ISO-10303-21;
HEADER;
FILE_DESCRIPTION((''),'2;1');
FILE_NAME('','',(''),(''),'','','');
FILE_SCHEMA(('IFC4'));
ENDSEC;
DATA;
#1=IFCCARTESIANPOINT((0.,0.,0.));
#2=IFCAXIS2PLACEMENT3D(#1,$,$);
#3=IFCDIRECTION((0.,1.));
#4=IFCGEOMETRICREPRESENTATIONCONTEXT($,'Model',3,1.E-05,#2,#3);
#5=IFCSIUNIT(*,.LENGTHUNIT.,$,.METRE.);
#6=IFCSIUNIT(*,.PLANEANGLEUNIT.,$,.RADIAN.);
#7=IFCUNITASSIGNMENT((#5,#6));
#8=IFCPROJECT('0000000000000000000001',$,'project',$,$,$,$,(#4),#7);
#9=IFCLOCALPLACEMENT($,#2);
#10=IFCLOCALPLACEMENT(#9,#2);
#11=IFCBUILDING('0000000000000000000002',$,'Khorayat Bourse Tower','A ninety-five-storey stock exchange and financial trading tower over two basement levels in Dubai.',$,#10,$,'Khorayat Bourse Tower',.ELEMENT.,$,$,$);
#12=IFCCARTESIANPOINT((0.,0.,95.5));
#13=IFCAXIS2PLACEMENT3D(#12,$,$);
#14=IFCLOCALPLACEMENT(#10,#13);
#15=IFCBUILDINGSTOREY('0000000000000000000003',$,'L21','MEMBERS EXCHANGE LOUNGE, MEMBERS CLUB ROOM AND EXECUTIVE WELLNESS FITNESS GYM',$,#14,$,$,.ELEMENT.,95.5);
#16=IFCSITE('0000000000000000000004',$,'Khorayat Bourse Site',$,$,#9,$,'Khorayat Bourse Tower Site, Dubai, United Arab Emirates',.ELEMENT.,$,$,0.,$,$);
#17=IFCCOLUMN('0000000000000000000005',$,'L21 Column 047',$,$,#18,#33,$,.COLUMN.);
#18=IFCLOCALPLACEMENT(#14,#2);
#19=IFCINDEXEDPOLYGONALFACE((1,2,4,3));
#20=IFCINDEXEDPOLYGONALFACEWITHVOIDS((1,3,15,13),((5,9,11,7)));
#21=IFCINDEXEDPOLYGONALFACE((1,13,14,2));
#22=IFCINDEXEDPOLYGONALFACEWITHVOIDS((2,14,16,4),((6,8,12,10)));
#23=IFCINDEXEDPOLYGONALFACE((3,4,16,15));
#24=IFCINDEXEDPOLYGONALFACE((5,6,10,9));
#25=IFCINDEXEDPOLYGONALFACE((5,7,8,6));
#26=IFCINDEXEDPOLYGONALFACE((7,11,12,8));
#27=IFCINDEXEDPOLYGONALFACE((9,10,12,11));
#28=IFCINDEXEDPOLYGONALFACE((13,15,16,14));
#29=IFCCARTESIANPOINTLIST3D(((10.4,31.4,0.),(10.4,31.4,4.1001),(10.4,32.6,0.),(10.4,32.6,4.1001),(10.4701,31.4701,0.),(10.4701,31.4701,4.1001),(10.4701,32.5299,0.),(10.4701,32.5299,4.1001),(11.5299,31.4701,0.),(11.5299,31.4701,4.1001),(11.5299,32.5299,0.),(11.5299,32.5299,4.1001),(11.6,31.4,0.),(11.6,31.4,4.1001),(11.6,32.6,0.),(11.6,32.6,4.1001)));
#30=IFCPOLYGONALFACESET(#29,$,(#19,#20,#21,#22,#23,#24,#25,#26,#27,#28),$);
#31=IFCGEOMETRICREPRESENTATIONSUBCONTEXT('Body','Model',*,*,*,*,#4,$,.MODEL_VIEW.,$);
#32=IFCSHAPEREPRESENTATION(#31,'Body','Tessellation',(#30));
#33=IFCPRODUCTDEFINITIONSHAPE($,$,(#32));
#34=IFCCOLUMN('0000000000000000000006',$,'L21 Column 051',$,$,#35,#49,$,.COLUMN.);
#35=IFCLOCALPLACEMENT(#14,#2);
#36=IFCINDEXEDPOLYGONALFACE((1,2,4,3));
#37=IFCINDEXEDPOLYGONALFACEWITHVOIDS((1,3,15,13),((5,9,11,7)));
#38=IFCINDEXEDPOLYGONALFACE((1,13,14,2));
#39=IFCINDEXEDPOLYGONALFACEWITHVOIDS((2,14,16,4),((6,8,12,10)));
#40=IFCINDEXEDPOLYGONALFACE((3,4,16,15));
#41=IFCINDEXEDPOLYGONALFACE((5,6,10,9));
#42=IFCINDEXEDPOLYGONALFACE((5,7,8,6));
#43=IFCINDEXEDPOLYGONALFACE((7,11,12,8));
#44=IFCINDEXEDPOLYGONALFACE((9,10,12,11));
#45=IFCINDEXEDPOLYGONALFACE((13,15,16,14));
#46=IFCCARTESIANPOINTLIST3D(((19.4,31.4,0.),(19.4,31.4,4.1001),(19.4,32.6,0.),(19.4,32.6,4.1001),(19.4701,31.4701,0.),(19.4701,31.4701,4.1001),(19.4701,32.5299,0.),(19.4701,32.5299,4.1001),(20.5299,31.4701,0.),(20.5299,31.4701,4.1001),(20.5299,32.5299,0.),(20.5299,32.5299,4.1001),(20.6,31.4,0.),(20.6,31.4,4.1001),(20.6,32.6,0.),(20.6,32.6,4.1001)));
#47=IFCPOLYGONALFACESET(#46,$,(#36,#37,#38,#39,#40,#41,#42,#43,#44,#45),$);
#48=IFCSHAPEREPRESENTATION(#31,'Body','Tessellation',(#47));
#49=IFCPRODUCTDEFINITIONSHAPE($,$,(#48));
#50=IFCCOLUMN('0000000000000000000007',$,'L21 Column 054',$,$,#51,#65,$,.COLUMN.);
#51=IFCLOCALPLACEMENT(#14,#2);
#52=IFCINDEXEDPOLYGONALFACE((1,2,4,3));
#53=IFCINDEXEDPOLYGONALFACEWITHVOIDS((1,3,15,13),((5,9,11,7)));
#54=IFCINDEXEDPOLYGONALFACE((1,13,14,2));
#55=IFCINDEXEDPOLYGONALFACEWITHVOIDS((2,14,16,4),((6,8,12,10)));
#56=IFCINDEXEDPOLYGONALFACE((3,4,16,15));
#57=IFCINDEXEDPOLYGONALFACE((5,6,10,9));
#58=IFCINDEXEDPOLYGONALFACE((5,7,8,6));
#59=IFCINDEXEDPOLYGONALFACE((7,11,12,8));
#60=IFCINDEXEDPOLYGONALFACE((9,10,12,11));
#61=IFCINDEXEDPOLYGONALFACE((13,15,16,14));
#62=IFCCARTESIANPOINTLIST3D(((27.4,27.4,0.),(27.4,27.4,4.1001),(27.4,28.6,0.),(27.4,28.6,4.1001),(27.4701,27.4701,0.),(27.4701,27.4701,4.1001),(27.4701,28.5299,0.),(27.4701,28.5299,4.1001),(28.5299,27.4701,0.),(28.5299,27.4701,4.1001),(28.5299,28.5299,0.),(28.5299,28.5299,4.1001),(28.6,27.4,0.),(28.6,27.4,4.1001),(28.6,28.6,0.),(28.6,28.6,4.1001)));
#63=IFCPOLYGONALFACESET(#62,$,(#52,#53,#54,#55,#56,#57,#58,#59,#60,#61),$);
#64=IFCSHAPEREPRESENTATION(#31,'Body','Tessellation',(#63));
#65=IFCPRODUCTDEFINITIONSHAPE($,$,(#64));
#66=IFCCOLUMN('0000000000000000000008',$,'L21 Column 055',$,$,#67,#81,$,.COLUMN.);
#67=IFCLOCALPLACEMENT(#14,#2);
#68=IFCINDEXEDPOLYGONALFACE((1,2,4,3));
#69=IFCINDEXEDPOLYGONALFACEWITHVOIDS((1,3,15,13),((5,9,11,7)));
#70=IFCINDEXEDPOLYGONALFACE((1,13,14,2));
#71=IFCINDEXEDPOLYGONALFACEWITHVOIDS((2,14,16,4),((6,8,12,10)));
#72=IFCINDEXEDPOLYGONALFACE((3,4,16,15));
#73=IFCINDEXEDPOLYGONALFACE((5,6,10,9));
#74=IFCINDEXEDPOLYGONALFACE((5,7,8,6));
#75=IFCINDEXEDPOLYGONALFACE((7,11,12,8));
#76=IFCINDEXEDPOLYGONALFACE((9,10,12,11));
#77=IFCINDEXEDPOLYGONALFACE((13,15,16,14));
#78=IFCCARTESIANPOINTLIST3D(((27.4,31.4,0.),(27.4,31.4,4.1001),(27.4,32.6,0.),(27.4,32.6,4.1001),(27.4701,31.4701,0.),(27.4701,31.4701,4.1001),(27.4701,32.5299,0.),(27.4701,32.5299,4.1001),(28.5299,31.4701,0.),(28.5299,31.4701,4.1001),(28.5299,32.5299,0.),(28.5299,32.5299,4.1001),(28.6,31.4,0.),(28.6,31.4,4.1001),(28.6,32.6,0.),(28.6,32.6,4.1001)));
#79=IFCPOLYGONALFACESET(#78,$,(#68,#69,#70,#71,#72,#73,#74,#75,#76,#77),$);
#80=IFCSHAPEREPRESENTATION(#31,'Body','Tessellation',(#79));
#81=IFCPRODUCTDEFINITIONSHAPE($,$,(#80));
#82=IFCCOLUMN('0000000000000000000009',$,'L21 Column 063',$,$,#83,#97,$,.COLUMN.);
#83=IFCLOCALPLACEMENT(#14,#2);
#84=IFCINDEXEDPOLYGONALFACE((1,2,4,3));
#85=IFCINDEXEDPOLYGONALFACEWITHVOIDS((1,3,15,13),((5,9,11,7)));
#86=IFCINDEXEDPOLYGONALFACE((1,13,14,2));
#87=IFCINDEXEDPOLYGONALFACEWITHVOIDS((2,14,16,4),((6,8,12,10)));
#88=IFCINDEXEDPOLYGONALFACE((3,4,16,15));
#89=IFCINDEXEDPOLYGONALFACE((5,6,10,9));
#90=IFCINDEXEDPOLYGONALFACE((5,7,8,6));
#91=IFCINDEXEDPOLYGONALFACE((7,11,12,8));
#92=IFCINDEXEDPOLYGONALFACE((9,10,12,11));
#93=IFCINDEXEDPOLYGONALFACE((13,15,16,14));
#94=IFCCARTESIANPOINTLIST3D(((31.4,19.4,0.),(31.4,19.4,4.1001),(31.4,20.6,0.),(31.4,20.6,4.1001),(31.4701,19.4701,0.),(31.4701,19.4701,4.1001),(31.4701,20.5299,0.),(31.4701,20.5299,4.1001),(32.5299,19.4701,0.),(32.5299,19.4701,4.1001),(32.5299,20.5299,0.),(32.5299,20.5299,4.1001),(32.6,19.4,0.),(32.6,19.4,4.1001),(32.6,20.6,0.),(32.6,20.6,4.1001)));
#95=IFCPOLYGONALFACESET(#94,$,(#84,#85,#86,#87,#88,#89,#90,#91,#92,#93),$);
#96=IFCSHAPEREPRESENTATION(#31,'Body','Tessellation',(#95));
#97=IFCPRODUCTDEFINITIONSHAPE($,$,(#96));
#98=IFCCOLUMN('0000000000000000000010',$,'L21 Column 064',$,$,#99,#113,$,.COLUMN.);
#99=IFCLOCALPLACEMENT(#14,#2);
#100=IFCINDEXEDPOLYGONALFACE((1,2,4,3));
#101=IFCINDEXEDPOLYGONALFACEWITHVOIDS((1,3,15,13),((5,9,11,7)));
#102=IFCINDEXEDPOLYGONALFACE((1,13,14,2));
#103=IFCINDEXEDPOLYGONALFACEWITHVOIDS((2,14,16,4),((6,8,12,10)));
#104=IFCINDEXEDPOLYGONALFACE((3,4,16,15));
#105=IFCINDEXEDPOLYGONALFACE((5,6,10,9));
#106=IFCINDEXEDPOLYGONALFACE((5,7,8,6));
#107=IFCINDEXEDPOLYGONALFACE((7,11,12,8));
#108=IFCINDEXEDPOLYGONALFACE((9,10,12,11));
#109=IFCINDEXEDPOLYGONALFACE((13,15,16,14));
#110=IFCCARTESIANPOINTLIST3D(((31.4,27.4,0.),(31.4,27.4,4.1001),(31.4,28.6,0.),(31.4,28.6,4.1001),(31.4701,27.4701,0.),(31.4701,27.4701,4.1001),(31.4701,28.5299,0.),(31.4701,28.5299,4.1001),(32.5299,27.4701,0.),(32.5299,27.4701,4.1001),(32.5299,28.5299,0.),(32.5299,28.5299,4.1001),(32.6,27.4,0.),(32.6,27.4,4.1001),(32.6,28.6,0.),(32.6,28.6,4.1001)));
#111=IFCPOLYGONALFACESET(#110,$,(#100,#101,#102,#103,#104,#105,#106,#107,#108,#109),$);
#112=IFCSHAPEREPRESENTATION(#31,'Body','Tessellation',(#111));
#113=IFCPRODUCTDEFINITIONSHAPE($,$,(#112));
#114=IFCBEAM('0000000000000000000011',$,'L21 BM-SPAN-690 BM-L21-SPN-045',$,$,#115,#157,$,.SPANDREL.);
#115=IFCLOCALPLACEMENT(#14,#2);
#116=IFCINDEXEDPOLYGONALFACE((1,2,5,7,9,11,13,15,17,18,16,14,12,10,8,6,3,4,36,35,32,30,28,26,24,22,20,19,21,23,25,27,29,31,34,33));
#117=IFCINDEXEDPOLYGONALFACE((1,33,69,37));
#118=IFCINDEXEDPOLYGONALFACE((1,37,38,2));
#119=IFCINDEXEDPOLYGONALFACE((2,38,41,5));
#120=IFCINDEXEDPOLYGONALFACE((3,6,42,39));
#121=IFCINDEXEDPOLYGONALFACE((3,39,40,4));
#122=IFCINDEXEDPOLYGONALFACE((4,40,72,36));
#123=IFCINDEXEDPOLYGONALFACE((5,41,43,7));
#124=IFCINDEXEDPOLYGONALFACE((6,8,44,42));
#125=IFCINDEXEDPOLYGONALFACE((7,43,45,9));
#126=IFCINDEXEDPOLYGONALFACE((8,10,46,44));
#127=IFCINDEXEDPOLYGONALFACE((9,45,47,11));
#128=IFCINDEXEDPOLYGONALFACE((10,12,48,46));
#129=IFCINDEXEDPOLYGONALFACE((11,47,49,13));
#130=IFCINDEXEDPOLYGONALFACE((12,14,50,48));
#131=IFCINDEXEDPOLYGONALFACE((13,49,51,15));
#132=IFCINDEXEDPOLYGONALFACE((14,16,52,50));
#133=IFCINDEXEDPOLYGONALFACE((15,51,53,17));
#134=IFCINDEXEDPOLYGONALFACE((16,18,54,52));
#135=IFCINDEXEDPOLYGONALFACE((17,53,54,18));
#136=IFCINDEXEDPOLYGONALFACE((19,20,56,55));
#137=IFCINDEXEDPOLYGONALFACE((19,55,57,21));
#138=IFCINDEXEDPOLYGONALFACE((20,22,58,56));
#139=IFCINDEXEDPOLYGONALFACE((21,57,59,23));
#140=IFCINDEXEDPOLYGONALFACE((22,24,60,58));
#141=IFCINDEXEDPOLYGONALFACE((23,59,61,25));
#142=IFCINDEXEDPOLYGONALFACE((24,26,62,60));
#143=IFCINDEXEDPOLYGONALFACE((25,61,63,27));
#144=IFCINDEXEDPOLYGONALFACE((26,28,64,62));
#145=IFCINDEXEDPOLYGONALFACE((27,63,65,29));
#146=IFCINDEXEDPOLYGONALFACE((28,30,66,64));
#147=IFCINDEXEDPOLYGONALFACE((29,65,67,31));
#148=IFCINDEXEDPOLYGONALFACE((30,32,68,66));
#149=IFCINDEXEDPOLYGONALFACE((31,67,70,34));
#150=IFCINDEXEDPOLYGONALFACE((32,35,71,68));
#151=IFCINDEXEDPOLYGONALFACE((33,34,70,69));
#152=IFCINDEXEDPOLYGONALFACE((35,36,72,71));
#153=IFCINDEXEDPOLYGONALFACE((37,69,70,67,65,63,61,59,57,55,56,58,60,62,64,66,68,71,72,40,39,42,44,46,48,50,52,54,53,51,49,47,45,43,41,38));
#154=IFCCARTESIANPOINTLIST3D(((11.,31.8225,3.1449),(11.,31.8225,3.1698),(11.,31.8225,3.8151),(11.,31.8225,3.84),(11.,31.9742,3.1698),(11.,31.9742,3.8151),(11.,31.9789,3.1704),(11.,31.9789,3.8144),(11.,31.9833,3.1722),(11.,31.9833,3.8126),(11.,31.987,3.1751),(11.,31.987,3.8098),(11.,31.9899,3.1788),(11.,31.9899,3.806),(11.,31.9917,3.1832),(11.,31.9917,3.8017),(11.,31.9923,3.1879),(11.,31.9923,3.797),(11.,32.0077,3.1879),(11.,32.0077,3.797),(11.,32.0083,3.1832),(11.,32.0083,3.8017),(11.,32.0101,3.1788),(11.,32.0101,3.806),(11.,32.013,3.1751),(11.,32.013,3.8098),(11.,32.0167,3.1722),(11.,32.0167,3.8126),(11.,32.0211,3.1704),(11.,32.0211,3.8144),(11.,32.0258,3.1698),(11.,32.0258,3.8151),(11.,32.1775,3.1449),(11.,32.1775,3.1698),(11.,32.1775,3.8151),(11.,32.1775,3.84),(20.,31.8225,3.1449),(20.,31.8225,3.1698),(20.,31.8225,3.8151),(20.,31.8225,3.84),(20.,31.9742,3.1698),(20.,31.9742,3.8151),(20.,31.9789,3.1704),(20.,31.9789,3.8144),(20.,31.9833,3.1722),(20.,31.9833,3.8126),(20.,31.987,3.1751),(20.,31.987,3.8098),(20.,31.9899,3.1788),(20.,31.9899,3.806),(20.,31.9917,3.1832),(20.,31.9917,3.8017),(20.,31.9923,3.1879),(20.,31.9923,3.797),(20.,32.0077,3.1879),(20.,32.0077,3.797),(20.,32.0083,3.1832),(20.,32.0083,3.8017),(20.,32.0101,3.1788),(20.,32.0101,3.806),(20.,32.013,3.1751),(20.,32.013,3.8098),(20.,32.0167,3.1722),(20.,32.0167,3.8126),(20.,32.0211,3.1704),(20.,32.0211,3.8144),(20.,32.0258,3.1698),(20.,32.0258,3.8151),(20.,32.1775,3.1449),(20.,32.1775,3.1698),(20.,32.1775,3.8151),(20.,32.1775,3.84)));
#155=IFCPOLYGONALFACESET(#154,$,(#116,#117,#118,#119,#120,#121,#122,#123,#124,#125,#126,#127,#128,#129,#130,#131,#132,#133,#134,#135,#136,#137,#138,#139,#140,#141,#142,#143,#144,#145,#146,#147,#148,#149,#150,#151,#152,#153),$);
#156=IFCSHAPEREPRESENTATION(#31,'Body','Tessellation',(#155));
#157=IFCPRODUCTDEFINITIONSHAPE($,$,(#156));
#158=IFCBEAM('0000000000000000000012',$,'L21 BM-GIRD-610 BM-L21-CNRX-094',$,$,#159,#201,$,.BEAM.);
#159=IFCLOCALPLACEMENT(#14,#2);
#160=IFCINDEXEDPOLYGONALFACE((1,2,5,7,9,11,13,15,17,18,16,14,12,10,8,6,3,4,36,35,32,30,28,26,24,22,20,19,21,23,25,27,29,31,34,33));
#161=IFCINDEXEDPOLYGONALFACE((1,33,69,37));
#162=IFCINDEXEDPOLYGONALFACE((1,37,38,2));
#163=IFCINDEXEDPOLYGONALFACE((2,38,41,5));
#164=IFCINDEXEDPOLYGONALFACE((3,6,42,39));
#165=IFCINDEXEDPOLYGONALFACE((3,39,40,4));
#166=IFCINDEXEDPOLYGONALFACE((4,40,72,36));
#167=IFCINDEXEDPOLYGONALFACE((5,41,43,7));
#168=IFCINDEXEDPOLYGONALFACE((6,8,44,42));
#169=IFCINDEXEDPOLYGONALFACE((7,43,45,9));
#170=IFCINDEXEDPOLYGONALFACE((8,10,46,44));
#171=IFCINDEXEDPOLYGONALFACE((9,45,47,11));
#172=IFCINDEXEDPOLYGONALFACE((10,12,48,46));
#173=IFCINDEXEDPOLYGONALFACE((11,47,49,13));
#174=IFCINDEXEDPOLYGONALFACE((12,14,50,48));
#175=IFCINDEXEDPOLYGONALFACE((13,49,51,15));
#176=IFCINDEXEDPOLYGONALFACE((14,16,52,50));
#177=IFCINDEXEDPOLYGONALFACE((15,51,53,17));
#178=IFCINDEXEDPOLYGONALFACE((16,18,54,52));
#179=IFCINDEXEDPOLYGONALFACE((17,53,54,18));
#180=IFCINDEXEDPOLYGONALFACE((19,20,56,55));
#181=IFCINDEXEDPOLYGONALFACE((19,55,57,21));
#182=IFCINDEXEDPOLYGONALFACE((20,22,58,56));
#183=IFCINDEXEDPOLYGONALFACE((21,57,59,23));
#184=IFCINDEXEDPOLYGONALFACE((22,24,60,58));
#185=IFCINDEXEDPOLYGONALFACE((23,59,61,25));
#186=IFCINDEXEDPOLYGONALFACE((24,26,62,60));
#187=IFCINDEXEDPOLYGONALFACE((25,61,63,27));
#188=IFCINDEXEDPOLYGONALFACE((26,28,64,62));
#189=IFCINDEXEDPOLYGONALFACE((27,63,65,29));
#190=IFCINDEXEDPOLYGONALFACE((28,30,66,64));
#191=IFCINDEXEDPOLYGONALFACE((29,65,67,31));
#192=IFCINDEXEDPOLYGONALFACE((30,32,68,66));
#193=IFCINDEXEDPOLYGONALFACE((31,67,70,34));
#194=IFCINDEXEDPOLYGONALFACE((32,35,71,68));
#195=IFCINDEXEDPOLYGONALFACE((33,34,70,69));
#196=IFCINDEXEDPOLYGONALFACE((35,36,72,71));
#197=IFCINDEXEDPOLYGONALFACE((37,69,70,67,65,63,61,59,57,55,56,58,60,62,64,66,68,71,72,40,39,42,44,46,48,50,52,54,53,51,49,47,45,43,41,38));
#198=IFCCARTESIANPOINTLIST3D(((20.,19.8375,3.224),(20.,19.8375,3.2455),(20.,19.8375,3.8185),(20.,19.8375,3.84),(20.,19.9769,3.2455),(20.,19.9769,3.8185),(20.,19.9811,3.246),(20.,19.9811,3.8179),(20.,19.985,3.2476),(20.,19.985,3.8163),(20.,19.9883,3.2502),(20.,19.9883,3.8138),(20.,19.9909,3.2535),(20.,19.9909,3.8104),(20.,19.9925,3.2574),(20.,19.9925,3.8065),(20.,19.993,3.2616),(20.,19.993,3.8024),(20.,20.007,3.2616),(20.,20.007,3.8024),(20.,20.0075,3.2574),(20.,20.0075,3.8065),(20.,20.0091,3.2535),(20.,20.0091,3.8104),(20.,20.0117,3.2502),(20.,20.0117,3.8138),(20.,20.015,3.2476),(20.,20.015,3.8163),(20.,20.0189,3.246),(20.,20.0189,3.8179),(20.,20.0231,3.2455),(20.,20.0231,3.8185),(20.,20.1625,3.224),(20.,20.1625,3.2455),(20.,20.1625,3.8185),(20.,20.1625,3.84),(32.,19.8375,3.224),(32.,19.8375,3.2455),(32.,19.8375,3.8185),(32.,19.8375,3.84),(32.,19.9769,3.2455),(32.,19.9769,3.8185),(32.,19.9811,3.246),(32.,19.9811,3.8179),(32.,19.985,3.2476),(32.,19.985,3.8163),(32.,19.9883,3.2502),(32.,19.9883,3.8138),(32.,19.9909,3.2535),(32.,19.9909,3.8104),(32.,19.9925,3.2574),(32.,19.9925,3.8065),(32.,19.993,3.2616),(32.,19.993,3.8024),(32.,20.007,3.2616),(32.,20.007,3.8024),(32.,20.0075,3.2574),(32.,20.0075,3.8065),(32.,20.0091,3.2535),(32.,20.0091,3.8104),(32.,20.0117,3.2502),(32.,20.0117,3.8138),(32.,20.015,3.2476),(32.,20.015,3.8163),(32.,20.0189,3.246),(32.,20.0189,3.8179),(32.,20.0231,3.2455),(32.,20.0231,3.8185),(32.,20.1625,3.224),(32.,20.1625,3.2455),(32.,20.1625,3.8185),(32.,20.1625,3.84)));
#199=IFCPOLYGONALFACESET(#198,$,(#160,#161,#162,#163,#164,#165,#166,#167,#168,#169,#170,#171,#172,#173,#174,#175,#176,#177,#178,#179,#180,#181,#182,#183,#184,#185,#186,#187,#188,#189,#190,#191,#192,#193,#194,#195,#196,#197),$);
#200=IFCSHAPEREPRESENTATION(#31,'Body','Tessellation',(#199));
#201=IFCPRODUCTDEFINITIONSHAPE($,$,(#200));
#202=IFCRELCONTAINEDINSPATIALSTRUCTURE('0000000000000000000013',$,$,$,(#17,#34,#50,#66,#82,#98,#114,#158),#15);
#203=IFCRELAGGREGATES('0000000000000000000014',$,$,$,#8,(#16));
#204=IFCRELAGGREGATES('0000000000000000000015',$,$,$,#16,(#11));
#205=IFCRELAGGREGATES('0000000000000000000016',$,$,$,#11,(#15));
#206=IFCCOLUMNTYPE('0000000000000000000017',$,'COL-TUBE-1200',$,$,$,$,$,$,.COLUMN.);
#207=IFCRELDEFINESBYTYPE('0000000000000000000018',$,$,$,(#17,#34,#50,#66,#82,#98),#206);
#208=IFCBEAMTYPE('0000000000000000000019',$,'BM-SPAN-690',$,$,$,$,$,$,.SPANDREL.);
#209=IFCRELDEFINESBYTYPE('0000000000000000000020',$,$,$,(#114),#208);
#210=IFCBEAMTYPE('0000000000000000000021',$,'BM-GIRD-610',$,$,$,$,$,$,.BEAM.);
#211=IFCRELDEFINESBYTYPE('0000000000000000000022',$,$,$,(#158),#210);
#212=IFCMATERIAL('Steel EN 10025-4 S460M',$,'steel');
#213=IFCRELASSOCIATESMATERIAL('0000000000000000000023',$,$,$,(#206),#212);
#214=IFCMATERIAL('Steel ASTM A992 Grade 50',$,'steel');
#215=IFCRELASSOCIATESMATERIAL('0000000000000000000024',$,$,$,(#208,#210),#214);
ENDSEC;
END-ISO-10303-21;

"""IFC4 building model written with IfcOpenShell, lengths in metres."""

from ifc_helpers import new_model, si_unit, direction, frame, origin, origin_2d, place, context, subcontext, project, spatial, hollow_rectangle, i_section, extrude, source, transform, mapped, material, material_profile, profile_set, type_object, element, save


model = new_model("IFC4")

# Units and contexts
model_context = context("Model", 3, precision=1e-05, world=origin(), true_north=direction((0.0, 1.0)))
body_context = subcontext(model_context, "Body", "Model", "MODEL_VIEW")
ifc_project = project(units=[si_unit("LENGTHUNIT", "METRE"), si_unit("PLANEANGLEUNIT", "RADIAN")], contexts=[model_context])

# Site, building, storey
site_placement = place(None, origin())
site = spatial("IfcSite", under=ifc_project, at=site_placement, Name="Khorayat Bourse Site", LongName="Khorayat Bourse Tower Site, Dubai, United Arab Emirates", CompositionType="ELEMENT", RefElevation=0.0)
building_placement = place(site_placement, origin())
building = spatial("IfcBuilding", under=site, at=building_placement, Name="Khorayat Bourse Tower", Description="A ninety-five-storey stock exchange and financial trading tower over two basement levels in Dubai.", LongName="Khorayat Bourse Tower", CompositionType="ELEMENT")
storey_placement = place(building_placement, frame((0.0, 0.0, 95.5)))
storey = spatial("IfcBuildingStorey", under=building, at=storey_placement, Name="L21", Description="MEMBERS EXCHANGE LOUNGE, MEMBERS CLUB ROOM AND EXECUTIVE WELLNESS FITNESS GYM", CompositionType="ELEMENT", Elevation=95.5)

# Columns
ifc_material_1 = material(Name="Steel EN 10025-4 S460M", Category="steel")
ifc_material_profile_1 = material_profile(ifc_material_1, hollow_rectangle(XDim=1.2, YDim=1.2, WallThickness=0.0701, at=origin_2d()), Name="BOX 1200x1200x70")
ifc_profile_set_1 = profile_set([ifc_material_profile_1], Name="Steel EN 10025-4 S460M")
column_type = type_object("IfcColumnType", Name="COL-TUBE-1200", PredefinedType="COLUMN", material=ifc_profile_set_1)
shared_shape_1 = source(origin(), body_context, "Body", "SweptSolid", [
    extrude(hollow_rectangle(XDim=1.2, YDim=1.2, WallThickness=0.0701, at=origin_2d()), origin(), (0.0, 0.0, 1.0), 4.1001),
])
for number, where, z_axis, x_axis, name in (
    (1, (11.0, 32.0, 0.0), (0.0, 0.0, 1.0), (1.0, 0.0, 0.0), "L21 Column 047"),
    (2, (20.0, 32.0, 0.0), (0.0, 0.0, 1.0), (1.0, 0.0, 0.0), "L21 Column 051"),
    (3, (28.0, 28.0, 0.0), (0.0, 0.0, 1.0), (1.0, 0.0, 0.0), "L21 Column 054"),
    (4, (28.0, 32.0, 0.0), (0.0, 0.0, 1.0), (1.0, 0.0, 0.0), "L21 Column 055"),
    (5, (32.0, 20.0, 0.0), (0.0, 0.0, 1.0), (1.0, 0.0, 0.0), "L21 Column 063"),
    (6, (32.0, 28.0, 0.0), (0.0, 0.0, 1.0), (1.0, 0.0, 0.0), "L21 Column 064"),
):
    element("IfcColumn", number, at=place(storey_placement, frame(where, z_axis=z_axis, x_axis=x_axis)), inside=storey, type_object=column_type, Name=name, PredefinedType="COLUMN", context=body_context, shape_type="MappedRepresentation", body=[
        mapped(shared_shape_1, transform((0.0, 0.0, 0.0), scale=1.0)),
    ])

# Beams
ifc_material_2 = material(Name="Steel ASTM A992 Grade 50", Category="steel")
ifc_material_profile_2 = material_profile(ifc_material_2, i_section(OverallWidth=0.355, OverallDepth=0.6951, WebThickness=0.0154, FlangeThickness=0.0249, FilletRadius=0.0181, at=origin_2d()), Name="W690X217")
ifc_profile_set_2 = profile_set([ifc_material_profile_2], Name="Steel ASTM A992 Grade 50")
beam_type_1 = type_object("IfcBeamType", Name="BM-SPAN-690", PredefinedType="SPANDREL", material=ifc_profile_set_2)
shared_shape_2 = source(origin(), body_context, "Body", "SweptSolid", [
    extrude(i_section(OverallWidth=0.355, OverallDepth=0.6951, WebThickness=0.0154, FlangeThickness=0.0249, FilletRadius=0.0181, at=origin_2d()), origin(), (0.0, 0.0, 1.0), 9.0),
])
beam_1_placement = place(storey_placement, frame((11.0, 32.0, 3.4924), z_axis=(1.0, 0.0, 0.0), x_axis=(0.0, 1.0, 0.0)))
element("IfcBeam", 7, at=beam_1_placement, inside=storey, type_object=beam_type_1, Name="L21 BM-SPAN-690 BM-L21-SPN-045", PredefinedType="SPANDREL", context=body_context, shape_type="MappedRepresentation", body=[
    mapped(shared_shape_2, transform((0.0, 0.0, 0.0), scale=1.0)),
])
ifc_material_profile_3 = material_profile(ifc_material_2, i_section(OverallWidth=0.325, OverallDepth=0.616, WebThickness=0.0139, FlangeThickness=0.0215, FilletRadius=0.0161, at=origin_2d()), Name="W610X174")
ifc_profile_set_3 = profile_set([ifc_material_profile_3], Name="Steel ASTM A992 Grade 50")
beam_type_2 = type_object("IfcBeamType", Name="BM-GIRD-610", PredefinedType="BEAM", material=ifc_profile_set_3)
shared_shape_3 = source(origin(), body_context, "Body", "SweptSolid", [
    extrude(i_section(OverallWidth=0.325, OverallDepth=0.616, WebThickness=0.0139, FlangeThickness=0.0215, FilletRadius=0.0161, at=origin_2d()), origin(), (0.0, 0.0, 1.0), 12.0),
])
beam_2_placement = place(storey_placement, frame((20.0, 20.0, 3.532), z_axis=(1.0, 0.0, 0.0), x_axis=(0.0, 1.0, 0.0)))
element("IfcBeam", 8, at=beam_2_placement, inside=storey, type_object=beam_type_2, Name="L21 BM-GIRD-610 BM-L21-CNRX-094", PredefinedType="BEAM", context=body_context, shape_type="MappedRepresentation", body=[
    mapped(shared_shape_3, transform((0.0, 0.0, 0.0), scale=1.0)),
])

save(model, "model.ifc")
